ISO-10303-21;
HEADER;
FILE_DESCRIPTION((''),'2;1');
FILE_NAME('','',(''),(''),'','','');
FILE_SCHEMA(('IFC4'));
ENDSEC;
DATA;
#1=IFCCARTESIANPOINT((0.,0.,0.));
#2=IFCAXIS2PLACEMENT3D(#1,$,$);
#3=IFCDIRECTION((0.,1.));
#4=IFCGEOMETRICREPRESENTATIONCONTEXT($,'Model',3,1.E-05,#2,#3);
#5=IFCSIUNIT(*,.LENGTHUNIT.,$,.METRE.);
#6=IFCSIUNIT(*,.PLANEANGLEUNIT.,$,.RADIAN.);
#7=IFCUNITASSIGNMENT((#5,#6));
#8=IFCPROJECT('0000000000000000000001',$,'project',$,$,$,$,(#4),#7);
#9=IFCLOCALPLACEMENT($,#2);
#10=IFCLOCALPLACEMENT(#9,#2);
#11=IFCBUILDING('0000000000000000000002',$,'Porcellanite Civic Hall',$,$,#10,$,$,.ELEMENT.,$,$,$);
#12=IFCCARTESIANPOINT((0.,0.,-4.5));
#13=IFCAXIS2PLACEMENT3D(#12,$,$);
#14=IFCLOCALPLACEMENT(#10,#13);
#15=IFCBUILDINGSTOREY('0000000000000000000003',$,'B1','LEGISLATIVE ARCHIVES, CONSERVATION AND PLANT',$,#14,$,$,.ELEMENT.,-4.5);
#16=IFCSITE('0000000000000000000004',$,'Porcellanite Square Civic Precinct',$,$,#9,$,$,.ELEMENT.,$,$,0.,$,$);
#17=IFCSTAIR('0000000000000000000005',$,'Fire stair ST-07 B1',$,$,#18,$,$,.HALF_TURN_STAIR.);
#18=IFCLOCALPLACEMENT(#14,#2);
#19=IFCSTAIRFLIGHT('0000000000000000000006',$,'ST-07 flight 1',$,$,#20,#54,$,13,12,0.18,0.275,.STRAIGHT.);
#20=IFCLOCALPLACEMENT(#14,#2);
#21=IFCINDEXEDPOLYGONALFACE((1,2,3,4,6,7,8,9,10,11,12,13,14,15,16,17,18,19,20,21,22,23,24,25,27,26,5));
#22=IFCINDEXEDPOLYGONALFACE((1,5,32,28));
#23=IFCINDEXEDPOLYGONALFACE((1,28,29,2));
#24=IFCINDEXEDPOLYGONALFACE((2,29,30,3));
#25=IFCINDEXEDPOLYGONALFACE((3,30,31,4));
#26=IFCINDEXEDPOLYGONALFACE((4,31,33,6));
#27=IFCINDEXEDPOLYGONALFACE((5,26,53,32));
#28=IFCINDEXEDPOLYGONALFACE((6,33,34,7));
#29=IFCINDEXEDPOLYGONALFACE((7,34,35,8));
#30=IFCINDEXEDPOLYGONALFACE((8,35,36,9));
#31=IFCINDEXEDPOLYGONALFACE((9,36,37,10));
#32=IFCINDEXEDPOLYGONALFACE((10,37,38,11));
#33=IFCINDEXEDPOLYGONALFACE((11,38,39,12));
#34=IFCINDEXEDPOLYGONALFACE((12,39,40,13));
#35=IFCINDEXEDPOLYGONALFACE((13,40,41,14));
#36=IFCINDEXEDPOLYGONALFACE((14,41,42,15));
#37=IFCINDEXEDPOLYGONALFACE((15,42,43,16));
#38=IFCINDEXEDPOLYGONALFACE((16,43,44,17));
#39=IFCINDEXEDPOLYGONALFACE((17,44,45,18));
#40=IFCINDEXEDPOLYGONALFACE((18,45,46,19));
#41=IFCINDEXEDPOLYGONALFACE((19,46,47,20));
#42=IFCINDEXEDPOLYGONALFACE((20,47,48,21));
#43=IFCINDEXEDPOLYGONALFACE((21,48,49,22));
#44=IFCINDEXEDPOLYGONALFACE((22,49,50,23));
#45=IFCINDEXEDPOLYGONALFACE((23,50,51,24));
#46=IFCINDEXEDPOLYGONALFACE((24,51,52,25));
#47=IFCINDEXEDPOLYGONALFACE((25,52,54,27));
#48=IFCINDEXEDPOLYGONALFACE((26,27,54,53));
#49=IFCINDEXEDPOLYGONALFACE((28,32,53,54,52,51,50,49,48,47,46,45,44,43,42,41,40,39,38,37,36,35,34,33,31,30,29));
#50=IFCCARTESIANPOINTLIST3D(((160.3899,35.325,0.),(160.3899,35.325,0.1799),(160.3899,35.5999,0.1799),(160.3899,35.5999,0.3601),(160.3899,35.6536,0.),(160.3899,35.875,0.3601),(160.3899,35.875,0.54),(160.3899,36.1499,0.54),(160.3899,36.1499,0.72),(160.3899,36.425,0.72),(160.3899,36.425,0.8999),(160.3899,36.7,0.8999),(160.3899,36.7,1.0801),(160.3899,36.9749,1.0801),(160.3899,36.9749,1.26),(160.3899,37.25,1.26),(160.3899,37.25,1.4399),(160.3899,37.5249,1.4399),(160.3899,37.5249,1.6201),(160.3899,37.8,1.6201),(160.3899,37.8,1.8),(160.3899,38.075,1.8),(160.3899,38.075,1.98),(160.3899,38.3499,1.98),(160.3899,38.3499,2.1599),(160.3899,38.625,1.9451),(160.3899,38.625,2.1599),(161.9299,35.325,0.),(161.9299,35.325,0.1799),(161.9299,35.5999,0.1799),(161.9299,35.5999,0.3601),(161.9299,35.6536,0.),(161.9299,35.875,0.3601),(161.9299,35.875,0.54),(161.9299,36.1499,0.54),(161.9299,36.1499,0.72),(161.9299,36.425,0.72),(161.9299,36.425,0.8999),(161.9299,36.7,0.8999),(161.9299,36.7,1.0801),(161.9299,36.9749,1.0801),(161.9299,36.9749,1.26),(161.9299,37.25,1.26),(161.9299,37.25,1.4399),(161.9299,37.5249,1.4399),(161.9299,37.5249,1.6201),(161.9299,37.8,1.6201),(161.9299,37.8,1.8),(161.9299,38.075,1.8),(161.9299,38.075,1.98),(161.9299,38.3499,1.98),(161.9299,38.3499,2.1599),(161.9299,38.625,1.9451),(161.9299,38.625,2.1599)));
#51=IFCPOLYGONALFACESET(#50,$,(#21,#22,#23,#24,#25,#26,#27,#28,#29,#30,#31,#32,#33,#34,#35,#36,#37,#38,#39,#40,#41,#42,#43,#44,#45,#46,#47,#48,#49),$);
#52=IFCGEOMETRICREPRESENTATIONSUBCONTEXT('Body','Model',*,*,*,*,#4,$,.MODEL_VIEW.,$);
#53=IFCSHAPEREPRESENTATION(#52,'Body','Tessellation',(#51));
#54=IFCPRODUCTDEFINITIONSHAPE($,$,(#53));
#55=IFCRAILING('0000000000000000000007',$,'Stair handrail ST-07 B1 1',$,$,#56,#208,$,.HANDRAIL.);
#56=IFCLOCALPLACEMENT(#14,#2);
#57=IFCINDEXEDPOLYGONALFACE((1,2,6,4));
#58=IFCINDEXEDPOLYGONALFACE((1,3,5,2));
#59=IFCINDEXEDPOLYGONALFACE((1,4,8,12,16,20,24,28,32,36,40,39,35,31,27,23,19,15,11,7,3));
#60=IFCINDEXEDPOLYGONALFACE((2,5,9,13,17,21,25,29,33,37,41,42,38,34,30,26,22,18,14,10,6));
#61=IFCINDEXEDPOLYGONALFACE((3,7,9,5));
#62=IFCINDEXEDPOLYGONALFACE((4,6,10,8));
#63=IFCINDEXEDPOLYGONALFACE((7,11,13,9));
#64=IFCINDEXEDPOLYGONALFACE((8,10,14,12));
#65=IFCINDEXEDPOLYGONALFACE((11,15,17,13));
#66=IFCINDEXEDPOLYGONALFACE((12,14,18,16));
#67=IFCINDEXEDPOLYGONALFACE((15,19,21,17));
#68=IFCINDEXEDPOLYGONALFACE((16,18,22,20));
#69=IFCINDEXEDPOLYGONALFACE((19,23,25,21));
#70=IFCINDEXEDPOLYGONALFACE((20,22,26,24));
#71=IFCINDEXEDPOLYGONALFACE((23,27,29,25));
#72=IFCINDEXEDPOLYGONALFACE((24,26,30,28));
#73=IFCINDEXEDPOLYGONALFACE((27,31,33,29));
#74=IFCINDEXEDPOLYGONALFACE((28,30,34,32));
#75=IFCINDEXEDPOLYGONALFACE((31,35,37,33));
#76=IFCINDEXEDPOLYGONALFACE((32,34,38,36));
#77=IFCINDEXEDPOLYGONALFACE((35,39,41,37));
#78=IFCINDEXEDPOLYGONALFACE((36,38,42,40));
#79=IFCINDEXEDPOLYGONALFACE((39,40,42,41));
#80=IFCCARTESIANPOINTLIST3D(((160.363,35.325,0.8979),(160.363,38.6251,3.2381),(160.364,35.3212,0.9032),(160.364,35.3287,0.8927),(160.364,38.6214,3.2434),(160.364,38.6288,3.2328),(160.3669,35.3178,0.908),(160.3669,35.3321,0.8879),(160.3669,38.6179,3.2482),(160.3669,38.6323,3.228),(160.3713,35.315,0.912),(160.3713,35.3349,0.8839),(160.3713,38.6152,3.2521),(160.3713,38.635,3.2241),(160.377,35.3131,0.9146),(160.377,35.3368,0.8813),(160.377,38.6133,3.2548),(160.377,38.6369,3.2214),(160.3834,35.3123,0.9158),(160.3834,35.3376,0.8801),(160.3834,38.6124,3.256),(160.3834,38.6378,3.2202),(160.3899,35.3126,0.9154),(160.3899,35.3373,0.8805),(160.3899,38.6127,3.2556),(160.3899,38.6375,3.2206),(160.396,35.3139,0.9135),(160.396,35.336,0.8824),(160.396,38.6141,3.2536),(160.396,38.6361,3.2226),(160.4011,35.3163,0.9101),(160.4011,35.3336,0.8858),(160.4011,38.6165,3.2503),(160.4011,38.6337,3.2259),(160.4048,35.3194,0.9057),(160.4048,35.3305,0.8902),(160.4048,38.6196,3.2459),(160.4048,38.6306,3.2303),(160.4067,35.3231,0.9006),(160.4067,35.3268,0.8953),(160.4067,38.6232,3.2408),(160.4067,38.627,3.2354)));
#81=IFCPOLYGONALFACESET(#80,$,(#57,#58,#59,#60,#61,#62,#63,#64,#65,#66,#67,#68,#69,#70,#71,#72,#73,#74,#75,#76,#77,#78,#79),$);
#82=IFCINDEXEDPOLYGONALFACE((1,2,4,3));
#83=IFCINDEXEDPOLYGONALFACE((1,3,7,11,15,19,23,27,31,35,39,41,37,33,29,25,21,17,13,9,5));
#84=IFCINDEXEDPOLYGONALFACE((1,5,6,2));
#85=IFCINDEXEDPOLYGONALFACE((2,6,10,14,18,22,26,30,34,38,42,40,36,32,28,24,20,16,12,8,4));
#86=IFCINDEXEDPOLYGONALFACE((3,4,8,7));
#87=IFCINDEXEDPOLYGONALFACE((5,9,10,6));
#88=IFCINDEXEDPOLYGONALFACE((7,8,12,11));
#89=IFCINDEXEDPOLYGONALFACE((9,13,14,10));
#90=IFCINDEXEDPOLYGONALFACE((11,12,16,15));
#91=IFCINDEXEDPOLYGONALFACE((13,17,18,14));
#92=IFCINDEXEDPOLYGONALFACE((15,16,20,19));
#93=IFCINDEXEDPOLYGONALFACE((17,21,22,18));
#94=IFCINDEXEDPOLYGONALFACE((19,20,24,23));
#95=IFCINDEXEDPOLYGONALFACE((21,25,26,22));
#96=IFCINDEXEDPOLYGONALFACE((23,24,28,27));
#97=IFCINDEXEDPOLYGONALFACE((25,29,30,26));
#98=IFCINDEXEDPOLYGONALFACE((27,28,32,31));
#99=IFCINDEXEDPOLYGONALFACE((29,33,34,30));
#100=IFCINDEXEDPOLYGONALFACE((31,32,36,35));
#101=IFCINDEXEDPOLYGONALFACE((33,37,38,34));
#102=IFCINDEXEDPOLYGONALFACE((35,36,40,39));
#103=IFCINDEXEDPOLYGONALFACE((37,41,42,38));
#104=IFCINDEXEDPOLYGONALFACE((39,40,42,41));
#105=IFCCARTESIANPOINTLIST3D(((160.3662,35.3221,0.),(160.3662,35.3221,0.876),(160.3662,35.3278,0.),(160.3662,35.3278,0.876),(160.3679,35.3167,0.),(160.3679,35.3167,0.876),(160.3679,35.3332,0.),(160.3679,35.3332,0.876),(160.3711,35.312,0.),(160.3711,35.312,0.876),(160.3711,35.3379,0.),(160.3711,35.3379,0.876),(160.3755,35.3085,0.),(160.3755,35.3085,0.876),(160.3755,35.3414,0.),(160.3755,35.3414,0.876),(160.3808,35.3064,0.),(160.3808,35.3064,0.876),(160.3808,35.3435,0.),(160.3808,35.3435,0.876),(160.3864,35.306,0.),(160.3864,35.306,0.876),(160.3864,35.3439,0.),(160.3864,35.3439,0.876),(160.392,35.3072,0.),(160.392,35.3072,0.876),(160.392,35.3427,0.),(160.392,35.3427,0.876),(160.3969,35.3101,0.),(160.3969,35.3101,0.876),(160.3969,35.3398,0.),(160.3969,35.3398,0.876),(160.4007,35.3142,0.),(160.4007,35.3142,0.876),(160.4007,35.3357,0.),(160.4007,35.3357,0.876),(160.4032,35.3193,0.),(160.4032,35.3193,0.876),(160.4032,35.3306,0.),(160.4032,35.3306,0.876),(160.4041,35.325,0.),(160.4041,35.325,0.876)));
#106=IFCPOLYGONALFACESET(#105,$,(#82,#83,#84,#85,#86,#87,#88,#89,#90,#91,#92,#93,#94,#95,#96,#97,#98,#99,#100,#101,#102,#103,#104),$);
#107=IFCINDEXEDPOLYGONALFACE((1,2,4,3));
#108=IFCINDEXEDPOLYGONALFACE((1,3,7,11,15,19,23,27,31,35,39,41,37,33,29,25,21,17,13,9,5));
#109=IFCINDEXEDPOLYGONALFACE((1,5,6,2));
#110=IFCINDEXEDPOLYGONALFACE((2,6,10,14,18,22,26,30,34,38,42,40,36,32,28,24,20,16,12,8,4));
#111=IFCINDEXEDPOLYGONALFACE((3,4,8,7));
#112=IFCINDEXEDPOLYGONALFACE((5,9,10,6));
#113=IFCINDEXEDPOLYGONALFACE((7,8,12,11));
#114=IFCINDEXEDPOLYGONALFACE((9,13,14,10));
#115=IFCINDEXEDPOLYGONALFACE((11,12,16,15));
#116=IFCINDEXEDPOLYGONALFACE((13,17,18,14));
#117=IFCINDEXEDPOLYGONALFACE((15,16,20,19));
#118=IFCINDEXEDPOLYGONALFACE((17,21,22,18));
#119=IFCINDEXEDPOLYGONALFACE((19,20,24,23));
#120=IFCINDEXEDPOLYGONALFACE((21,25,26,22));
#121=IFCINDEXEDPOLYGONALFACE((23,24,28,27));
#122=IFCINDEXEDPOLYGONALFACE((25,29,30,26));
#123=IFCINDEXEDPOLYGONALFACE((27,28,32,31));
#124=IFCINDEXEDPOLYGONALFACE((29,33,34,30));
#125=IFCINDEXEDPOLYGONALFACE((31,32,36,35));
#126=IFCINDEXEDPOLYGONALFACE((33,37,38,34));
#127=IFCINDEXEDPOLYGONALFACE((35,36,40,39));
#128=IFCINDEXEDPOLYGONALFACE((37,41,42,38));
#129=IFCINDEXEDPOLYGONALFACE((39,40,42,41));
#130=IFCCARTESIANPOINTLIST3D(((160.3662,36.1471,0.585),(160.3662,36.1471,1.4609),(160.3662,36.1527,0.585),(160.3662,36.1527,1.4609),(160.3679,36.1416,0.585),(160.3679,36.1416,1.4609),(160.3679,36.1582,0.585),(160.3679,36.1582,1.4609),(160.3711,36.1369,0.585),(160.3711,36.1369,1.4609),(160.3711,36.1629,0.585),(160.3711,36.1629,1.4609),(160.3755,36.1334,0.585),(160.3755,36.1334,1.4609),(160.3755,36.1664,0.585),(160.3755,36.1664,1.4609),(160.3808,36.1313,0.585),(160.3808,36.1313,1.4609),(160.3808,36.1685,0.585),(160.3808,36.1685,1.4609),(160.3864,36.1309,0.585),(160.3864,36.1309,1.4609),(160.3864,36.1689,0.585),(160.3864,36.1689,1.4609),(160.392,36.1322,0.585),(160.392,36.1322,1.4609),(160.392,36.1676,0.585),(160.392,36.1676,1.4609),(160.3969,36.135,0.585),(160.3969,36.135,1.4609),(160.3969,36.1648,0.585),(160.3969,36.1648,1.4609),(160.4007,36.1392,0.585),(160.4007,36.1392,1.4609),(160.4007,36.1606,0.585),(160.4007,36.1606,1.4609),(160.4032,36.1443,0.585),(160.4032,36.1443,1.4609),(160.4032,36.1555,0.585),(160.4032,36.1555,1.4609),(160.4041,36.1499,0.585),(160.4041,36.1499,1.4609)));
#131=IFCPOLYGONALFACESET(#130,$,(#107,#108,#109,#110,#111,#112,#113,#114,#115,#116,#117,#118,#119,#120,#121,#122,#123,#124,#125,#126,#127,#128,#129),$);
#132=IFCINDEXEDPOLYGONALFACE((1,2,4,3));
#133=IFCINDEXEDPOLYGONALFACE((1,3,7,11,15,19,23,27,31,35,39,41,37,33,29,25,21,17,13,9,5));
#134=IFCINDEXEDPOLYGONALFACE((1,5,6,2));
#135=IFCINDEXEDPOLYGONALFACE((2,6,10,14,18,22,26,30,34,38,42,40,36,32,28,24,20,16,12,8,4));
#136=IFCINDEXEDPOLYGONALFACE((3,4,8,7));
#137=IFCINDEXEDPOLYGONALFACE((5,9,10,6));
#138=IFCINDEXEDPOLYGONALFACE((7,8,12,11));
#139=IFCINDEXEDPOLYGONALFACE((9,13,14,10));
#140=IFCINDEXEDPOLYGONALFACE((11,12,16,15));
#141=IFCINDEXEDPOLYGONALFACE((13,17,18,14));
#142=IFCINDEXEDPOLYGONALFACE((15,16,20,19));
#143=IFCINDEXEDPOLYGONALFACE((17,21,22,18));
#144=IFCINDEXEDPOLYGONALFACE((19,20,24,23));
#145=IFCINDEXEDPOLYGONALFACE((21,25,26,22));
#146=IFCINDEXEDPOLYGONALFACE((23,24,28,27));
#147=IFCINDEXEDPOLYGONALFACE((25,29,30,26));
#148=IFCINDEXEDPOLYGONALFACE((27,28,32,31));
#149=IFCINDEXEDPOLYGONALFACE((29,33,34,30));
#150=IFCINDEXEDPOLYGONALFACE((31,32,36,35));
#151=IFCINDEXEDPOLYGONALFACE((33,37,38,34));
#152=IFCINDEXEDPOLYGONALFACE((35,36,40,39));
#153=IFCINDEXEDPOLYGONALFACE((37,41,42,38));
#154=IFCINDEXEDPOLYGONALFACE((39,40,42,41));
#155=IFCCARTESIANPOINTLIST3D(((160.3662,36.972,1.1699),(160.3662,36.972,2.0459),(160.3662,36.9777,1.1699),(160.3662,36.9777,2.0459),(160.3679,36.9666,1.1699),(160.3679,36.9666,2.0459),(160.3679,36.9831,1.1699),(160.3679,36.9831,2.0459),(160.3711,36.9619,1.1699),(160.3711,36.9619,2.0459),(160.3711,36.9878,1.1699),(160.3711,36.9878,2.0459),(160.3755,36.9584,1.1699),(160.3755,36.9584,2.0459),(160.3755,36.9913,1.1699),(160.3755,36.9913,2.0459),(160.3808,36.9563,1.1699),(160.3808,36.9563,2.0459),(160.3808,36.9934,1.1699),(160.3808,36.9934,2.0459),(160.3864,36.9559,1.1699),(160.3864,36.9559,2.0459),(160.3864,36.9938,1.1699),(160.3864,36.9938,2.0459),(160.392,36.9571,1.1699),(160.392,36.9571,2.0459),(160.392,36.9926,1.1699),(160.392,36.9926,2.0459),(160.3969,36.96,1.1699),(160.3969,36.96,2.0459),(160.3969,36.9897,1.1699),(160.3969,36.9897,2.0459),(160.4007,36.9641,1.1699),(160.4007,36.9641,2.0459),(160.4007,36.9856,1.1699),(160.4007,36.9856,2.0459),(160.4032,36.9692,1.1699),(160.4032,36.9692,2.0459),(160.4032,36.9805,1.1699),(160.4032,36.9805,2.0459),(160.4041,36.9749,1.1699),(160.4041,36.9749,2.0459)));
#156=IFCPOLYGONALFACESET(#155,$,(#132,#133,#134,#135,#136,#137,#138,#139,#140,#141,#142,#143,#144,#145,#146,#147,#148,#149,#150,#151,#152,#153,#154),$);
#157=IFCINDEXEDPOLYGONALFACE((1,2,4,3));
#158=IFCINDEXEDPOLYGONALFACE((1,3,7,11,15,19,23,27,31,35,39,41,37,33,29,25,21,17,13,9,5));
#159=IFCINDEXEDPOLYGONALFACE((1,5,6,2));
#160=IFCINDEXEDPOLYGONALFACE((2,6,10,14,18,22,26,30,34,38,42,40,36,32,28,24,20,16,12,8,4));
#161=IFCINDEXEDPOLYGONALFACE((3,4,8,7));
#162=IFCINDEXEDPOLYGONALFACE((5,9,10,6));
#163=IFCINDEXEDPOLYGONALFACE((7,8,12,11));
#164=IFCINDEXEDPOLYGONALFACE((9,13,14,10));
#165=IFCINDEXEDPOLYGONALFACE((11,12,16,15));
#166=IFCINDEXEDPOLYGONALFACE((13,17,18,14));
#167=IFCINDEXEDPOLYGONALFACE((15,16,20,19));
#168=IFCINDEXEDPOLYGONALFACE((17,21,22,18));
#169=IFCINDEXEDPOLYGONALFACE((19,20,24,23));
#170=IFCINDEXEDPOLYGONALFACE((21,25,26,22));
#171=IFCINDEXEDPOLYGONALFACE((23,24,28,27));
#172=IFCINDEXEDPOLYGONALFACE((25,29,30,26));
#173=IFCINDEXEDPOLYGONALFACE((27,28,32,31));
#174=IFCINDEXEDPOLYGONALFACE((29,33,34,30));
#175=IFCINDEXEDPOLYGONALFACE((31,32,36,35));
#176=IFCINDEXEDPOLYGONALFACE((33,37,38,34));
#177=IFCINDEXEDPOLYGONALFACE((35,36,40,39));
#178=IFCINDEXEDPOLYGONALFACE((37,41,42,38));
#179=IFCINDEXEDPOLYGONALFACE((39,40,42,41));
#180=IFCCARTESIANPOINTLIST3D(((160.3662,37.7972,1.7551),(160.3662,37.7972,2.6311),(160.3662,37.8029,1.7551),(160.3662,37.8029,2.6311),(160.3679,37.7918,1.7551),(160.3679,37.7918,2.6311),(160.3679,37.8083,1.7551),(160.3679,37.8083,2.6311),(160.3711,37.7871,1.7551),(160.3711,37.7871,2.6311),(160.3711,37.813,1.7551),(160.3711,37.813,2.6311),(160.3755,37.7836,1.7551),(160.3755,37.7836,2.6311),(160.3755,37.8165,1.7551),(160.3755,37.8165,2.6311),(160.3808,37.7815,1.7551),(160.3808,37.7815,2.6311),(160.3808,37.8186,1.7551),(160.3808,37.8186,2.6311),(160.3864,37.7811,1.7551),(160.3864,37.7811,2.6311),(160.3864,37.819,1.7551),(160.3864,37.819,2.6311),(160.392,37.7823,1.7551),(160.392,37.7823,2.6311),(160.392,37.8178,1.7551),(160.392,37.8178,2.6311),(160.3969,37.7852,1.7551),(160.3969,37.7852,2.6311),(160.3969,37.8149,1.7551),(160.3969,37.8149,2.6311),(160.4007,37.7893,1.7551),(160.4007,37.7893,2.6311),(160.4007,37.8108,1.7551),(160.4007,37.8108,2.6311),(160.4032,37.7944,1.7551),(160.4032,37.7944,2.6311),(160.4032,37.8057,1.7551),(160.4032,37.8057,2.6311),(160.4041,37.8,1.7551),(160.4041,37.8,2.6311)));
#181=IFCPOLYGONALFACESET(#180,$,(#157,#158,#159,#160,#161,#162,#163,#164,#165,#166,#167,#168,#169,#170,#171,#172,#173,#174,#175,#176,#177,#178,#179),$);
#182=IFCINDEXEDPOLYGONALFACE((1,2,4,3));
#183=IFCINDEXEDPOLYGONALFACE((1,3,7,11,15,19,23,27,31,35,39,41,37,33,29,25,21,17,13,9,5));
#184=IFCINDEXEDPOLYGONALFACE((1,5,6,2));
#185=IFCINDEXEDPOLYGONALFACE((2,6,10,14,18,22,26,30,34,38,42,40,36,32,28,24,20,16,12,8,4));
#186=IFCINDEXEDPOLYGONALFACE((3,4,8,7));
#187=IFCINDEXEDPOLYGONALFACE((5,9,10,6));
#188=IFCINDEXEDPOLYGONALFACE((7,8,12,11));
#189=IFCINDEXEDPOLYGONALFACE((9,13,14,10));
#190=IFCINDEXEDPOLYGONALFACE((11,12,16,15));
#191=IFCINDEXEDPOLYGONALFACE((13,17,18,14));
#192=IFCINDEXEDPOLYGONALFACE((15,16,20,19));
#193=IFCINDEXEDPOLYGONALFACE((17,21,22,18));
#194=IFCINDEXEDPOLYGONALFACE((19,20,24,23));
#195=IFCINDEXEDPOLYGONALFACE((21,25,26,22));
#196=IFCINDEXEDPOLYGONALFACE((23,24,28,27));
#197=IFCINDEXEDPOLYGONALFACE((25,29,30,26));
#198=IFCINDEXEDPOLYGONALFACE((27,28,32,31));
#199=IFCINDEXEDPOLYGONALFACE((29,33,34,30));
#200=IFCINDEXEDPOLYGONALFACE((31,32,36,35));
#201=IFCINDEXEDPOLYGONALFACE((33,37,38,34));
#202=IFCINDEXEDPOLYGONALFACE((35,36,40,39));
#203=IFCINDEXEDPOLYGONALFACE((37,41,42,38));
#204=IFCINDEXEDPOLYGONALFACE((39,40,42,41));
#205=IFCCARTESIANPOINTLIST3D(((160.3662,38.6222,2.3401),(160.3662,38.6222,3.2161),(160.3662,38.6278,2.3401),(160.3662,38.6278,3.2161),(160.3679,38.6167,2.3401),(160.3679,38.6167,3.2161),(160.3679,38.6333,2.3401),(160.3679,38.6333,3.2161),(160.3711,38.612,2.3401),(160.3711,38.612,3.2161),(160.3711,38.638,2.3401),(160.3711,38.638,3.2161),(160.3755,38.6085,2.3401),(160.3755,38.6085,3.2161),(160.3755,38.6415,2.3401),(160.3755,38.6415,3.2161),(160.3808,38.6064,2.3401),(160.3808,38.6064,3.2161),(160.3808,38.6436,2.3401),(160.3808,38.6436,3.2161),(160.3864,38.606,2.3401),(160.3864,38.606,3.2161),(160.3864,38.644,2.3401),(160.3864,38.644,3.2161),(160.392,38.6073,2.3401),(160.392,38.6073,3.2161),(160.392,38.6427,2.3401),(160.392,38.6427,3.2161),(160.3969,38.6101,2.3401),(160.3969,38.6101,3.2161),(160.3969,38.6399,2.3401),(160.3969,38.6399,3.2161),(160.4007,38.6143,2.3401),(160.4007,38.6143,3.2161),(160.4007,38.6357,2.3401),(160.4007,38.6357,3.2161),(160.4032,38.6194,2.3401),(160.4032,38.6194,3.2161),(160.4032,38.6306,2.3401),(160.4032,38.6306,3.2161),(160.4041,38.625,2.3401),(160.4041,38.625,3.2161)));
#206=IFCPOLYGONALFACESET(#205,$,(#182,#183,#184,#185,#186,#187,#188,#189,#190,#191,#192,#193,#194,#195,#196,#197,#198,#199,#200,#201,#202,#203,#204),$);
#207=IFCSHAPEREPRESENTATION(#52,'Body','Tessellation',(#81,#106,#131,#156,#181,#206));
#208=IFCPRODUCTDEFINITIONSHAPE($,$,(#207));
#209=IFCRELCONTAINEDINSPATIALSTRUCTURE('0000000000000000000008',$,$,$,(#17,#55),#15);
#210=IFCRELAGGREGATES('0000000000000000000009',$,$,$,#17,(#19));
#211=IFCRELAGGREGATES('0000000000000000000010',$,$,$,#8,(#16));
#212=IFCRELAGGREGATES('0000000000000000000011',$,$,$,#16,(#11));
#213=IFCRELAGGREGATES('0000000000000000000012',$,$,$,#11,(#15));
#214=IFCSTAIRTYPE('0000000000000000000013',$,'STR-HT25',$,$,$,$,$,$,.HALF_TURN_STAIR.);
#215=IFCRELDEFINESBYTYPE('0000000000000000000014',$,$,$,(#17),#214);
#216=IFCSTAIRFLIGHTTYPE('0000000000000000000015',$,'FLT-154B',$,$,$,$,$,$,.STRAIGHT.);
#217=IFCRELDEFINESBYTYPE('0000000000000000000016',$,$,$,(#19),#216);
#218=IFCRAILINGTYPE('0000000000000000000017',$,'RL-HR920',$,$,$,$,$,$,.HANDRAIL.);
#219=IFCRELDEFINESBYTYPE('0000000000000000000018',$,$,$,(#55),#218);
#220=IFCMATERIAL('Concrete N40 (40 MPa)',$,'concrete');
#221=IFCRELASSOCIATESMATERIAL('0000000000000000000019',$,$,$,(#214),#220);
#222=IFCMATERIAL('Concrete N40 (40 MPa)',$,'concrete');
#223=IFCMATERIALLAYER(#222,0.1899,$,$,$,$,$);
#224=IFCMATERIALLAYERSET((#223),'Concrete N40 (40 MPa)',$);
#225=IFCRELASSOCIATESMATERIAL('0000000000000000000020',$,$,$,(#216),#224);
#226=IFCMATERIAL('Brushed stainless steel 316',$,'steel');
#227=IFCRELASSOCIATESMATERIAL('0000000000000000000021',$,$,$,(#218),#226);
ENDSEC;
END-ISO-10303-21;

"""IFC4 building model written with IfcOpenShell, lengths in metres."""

from ifc_helpers import new_model, si_unit, direction, frame, origin, origin_2d, place, context, subcontext, project, spatial, polyline, circle, outline, extrude, material, layer, layer_set, type_object, element, aggregate, save


model = new_model("IFC4")

# Units and contexts
model_context = context("Model", 3, precision=1e-05, world=origin(), true_north=direction((0.0, 1.0)))
body_context = subcontext(model_context, "Body", "Model", "MODEL_VIEW")
ifc_project = project(units=[si_unit("LENGTHUNIT", "METRE"), si_unit("PLANEANGLEUNIT", "RADIAN")], contexts=[model_context])

# Site, building, storey
site_placement = place(None, origin())
site = spatial("IfcSite", under=ifc_project, at=site_placement, Name="Porcellanite Square Civic Precinct", CompositionType="ELEMENT", RefElevation=0.0)
building_placement = place(site_placement, origin())
building = spatial("IfcBuilding", under=site, at=building_placement, Name="Porcellanite Civic Hall", CompositionType="ELEMENT")
storey_placement = place(building_placement, frame((0.0, 0.0, -4.5)))
storey = spatial("IfcBuildingStorey", under=building, at=storey_placement, Name="B1", Description="LEGISLATIVE ARCHIVES, CONSERVATION AND PLANT", CompositionType="ELEMENT", Elevation=-4.5)

# Stair, stair flight
ifc_material_1 = material(Name="Concrete N40 (40 MPa)", Category="concrete")
stair_type = type_object("IfcStairType", Name="STR-HT25", PredefinedType="HALF_TURN_STAIR", material=ifc_material_1)
stair_placement = place(storey_placement, origin())
stair = element("IfcStair", 1, at=stair_placement, inside=storey, type_object=stair_type, Name="Fire stair ST-07 B1", PredefinedType="HALF_TURN_STAIR")
ifc_material_2 = material(Name="Concrete N40 (40 MPa)", Category="concrete")
ifc_layer_1 = layer(ifc_material_2, 0.1899)
ifc_layer_set_1 = layer_set([ifc_layer_1], Name="Concrete N40 (40 MPa)")
stair_flight_type = type_object("IfcStairFlightType", Name="FLT-154B", PredefinedType="STRAIGHT", material=ifc_layer_set_1)
stair_flight_placement = place(storey_placement, frame((161.1599, 35.325, 0.0), z_axis=(0.0, 0.0, 1.0), x_axis=(0.0, 1.0, 0.0)))
stair_flight = element("IfcStairFlight", 2, at=stair_flight_placement, type_object=stair_flight_type, Name="ST-07 flight 1", NumberOfRisers=13, NumberOfTreads=12, PredefinedType="STRAIGHT", RiserHeight=0.18, TreadLength=0.275, context=body_context, shape_type="SweptSolid", body=[
    extrude(outline(polyline([(0.0, 0.0), (0.0, 0.1799), (0.2749, 0.1799), (0.2749, 0.3601), (0.55, 0.3601), (0.55, 0.54), (0.825, 0.54), (0.825, 0.72), (1.1001, 0.72), (1.1001, 0.8999), (1.375, 0.8999), (1.375, 1.0801), (1.6499, 1.0801), (1.6499, 1.26), (1.925, 1.26), (1.925, 1.4399), (2.2, 1.4399), (2.2, 1.6201), (2.4751, 1.6201), (2.4751, 1.8), (2.75, 1.8), (2.75, 1.98), (3.0249, 1.98), (3.0249, 2.1599), (3.3, 2.1599), (3.3, 2.3401), (3.3, 1.9451), (0.3286, 0.0), (0.0, 0.0)])), frame((0.0, 0.77, 0.0), z_axis=(0.0, -1.0, 0.0), x_axis=(1.0, 0.0, 0.0)), (0.0, 0.0, 1.0), 1.54),
])
aggregate(stair, [stair_flight])

# Railing
ifc_material_3 = material(Name="Brushed stainless steel 316", Category="steel")
railing_type = type_object("IfcRailingType", Name="RL-HR920", PredefinedType="HANDRAIL", material=ifc_material_3)
railing_placement = place(storey_placement, frame((160.385, 35.325, 0.0)))
element("IfcRailing", 3, at=railing_placement, inside=storey, type_object=railing_type, Name="Stair handrail ST-07 B1 1", PredefinedType="HANDRAIL", context=body_context, shape_type="SweptSolid", body=[
    extrude(circle(Radius=0.022, at=origin_2d()), frame((0.0, 0.0, 0.8979), z_axis=(0.0, 0.815727, 0.578438), x_axis=(-1.0, 0.0, 0.0)), (0.0, 0.0, 1.0), 4.0457),
    extrude(circle(Radius=0.019, at=origin_2d()), origin(), (0.0, 0.0, 1.0), 0.876),
    extrude(circle(Radius=0.019, at=origin_2d()), frame((0.0, 0.825, 0.585)), (0.0, 0.0, 1.0), 0.876),
    extrude(circle(Radius=0.019, at=origin_2d()), frame((0.0, 1.6499, 1.1699)), (0.0, 0.0, 1.0), 0.876),
    extrude(circle(Radius=0.019, at=origin_2d()), frame((0.0, 2.4751, 1.7551)), (0.0, 0.0, 1.0), 0.876),
    extrude(circle(Radius=0.019, at=origin_2d()), frame((0.0, 3.3, 2.3401)), (0.0, 0.0, 1.0), 0.876),
])

save(model, "model.ifc")
